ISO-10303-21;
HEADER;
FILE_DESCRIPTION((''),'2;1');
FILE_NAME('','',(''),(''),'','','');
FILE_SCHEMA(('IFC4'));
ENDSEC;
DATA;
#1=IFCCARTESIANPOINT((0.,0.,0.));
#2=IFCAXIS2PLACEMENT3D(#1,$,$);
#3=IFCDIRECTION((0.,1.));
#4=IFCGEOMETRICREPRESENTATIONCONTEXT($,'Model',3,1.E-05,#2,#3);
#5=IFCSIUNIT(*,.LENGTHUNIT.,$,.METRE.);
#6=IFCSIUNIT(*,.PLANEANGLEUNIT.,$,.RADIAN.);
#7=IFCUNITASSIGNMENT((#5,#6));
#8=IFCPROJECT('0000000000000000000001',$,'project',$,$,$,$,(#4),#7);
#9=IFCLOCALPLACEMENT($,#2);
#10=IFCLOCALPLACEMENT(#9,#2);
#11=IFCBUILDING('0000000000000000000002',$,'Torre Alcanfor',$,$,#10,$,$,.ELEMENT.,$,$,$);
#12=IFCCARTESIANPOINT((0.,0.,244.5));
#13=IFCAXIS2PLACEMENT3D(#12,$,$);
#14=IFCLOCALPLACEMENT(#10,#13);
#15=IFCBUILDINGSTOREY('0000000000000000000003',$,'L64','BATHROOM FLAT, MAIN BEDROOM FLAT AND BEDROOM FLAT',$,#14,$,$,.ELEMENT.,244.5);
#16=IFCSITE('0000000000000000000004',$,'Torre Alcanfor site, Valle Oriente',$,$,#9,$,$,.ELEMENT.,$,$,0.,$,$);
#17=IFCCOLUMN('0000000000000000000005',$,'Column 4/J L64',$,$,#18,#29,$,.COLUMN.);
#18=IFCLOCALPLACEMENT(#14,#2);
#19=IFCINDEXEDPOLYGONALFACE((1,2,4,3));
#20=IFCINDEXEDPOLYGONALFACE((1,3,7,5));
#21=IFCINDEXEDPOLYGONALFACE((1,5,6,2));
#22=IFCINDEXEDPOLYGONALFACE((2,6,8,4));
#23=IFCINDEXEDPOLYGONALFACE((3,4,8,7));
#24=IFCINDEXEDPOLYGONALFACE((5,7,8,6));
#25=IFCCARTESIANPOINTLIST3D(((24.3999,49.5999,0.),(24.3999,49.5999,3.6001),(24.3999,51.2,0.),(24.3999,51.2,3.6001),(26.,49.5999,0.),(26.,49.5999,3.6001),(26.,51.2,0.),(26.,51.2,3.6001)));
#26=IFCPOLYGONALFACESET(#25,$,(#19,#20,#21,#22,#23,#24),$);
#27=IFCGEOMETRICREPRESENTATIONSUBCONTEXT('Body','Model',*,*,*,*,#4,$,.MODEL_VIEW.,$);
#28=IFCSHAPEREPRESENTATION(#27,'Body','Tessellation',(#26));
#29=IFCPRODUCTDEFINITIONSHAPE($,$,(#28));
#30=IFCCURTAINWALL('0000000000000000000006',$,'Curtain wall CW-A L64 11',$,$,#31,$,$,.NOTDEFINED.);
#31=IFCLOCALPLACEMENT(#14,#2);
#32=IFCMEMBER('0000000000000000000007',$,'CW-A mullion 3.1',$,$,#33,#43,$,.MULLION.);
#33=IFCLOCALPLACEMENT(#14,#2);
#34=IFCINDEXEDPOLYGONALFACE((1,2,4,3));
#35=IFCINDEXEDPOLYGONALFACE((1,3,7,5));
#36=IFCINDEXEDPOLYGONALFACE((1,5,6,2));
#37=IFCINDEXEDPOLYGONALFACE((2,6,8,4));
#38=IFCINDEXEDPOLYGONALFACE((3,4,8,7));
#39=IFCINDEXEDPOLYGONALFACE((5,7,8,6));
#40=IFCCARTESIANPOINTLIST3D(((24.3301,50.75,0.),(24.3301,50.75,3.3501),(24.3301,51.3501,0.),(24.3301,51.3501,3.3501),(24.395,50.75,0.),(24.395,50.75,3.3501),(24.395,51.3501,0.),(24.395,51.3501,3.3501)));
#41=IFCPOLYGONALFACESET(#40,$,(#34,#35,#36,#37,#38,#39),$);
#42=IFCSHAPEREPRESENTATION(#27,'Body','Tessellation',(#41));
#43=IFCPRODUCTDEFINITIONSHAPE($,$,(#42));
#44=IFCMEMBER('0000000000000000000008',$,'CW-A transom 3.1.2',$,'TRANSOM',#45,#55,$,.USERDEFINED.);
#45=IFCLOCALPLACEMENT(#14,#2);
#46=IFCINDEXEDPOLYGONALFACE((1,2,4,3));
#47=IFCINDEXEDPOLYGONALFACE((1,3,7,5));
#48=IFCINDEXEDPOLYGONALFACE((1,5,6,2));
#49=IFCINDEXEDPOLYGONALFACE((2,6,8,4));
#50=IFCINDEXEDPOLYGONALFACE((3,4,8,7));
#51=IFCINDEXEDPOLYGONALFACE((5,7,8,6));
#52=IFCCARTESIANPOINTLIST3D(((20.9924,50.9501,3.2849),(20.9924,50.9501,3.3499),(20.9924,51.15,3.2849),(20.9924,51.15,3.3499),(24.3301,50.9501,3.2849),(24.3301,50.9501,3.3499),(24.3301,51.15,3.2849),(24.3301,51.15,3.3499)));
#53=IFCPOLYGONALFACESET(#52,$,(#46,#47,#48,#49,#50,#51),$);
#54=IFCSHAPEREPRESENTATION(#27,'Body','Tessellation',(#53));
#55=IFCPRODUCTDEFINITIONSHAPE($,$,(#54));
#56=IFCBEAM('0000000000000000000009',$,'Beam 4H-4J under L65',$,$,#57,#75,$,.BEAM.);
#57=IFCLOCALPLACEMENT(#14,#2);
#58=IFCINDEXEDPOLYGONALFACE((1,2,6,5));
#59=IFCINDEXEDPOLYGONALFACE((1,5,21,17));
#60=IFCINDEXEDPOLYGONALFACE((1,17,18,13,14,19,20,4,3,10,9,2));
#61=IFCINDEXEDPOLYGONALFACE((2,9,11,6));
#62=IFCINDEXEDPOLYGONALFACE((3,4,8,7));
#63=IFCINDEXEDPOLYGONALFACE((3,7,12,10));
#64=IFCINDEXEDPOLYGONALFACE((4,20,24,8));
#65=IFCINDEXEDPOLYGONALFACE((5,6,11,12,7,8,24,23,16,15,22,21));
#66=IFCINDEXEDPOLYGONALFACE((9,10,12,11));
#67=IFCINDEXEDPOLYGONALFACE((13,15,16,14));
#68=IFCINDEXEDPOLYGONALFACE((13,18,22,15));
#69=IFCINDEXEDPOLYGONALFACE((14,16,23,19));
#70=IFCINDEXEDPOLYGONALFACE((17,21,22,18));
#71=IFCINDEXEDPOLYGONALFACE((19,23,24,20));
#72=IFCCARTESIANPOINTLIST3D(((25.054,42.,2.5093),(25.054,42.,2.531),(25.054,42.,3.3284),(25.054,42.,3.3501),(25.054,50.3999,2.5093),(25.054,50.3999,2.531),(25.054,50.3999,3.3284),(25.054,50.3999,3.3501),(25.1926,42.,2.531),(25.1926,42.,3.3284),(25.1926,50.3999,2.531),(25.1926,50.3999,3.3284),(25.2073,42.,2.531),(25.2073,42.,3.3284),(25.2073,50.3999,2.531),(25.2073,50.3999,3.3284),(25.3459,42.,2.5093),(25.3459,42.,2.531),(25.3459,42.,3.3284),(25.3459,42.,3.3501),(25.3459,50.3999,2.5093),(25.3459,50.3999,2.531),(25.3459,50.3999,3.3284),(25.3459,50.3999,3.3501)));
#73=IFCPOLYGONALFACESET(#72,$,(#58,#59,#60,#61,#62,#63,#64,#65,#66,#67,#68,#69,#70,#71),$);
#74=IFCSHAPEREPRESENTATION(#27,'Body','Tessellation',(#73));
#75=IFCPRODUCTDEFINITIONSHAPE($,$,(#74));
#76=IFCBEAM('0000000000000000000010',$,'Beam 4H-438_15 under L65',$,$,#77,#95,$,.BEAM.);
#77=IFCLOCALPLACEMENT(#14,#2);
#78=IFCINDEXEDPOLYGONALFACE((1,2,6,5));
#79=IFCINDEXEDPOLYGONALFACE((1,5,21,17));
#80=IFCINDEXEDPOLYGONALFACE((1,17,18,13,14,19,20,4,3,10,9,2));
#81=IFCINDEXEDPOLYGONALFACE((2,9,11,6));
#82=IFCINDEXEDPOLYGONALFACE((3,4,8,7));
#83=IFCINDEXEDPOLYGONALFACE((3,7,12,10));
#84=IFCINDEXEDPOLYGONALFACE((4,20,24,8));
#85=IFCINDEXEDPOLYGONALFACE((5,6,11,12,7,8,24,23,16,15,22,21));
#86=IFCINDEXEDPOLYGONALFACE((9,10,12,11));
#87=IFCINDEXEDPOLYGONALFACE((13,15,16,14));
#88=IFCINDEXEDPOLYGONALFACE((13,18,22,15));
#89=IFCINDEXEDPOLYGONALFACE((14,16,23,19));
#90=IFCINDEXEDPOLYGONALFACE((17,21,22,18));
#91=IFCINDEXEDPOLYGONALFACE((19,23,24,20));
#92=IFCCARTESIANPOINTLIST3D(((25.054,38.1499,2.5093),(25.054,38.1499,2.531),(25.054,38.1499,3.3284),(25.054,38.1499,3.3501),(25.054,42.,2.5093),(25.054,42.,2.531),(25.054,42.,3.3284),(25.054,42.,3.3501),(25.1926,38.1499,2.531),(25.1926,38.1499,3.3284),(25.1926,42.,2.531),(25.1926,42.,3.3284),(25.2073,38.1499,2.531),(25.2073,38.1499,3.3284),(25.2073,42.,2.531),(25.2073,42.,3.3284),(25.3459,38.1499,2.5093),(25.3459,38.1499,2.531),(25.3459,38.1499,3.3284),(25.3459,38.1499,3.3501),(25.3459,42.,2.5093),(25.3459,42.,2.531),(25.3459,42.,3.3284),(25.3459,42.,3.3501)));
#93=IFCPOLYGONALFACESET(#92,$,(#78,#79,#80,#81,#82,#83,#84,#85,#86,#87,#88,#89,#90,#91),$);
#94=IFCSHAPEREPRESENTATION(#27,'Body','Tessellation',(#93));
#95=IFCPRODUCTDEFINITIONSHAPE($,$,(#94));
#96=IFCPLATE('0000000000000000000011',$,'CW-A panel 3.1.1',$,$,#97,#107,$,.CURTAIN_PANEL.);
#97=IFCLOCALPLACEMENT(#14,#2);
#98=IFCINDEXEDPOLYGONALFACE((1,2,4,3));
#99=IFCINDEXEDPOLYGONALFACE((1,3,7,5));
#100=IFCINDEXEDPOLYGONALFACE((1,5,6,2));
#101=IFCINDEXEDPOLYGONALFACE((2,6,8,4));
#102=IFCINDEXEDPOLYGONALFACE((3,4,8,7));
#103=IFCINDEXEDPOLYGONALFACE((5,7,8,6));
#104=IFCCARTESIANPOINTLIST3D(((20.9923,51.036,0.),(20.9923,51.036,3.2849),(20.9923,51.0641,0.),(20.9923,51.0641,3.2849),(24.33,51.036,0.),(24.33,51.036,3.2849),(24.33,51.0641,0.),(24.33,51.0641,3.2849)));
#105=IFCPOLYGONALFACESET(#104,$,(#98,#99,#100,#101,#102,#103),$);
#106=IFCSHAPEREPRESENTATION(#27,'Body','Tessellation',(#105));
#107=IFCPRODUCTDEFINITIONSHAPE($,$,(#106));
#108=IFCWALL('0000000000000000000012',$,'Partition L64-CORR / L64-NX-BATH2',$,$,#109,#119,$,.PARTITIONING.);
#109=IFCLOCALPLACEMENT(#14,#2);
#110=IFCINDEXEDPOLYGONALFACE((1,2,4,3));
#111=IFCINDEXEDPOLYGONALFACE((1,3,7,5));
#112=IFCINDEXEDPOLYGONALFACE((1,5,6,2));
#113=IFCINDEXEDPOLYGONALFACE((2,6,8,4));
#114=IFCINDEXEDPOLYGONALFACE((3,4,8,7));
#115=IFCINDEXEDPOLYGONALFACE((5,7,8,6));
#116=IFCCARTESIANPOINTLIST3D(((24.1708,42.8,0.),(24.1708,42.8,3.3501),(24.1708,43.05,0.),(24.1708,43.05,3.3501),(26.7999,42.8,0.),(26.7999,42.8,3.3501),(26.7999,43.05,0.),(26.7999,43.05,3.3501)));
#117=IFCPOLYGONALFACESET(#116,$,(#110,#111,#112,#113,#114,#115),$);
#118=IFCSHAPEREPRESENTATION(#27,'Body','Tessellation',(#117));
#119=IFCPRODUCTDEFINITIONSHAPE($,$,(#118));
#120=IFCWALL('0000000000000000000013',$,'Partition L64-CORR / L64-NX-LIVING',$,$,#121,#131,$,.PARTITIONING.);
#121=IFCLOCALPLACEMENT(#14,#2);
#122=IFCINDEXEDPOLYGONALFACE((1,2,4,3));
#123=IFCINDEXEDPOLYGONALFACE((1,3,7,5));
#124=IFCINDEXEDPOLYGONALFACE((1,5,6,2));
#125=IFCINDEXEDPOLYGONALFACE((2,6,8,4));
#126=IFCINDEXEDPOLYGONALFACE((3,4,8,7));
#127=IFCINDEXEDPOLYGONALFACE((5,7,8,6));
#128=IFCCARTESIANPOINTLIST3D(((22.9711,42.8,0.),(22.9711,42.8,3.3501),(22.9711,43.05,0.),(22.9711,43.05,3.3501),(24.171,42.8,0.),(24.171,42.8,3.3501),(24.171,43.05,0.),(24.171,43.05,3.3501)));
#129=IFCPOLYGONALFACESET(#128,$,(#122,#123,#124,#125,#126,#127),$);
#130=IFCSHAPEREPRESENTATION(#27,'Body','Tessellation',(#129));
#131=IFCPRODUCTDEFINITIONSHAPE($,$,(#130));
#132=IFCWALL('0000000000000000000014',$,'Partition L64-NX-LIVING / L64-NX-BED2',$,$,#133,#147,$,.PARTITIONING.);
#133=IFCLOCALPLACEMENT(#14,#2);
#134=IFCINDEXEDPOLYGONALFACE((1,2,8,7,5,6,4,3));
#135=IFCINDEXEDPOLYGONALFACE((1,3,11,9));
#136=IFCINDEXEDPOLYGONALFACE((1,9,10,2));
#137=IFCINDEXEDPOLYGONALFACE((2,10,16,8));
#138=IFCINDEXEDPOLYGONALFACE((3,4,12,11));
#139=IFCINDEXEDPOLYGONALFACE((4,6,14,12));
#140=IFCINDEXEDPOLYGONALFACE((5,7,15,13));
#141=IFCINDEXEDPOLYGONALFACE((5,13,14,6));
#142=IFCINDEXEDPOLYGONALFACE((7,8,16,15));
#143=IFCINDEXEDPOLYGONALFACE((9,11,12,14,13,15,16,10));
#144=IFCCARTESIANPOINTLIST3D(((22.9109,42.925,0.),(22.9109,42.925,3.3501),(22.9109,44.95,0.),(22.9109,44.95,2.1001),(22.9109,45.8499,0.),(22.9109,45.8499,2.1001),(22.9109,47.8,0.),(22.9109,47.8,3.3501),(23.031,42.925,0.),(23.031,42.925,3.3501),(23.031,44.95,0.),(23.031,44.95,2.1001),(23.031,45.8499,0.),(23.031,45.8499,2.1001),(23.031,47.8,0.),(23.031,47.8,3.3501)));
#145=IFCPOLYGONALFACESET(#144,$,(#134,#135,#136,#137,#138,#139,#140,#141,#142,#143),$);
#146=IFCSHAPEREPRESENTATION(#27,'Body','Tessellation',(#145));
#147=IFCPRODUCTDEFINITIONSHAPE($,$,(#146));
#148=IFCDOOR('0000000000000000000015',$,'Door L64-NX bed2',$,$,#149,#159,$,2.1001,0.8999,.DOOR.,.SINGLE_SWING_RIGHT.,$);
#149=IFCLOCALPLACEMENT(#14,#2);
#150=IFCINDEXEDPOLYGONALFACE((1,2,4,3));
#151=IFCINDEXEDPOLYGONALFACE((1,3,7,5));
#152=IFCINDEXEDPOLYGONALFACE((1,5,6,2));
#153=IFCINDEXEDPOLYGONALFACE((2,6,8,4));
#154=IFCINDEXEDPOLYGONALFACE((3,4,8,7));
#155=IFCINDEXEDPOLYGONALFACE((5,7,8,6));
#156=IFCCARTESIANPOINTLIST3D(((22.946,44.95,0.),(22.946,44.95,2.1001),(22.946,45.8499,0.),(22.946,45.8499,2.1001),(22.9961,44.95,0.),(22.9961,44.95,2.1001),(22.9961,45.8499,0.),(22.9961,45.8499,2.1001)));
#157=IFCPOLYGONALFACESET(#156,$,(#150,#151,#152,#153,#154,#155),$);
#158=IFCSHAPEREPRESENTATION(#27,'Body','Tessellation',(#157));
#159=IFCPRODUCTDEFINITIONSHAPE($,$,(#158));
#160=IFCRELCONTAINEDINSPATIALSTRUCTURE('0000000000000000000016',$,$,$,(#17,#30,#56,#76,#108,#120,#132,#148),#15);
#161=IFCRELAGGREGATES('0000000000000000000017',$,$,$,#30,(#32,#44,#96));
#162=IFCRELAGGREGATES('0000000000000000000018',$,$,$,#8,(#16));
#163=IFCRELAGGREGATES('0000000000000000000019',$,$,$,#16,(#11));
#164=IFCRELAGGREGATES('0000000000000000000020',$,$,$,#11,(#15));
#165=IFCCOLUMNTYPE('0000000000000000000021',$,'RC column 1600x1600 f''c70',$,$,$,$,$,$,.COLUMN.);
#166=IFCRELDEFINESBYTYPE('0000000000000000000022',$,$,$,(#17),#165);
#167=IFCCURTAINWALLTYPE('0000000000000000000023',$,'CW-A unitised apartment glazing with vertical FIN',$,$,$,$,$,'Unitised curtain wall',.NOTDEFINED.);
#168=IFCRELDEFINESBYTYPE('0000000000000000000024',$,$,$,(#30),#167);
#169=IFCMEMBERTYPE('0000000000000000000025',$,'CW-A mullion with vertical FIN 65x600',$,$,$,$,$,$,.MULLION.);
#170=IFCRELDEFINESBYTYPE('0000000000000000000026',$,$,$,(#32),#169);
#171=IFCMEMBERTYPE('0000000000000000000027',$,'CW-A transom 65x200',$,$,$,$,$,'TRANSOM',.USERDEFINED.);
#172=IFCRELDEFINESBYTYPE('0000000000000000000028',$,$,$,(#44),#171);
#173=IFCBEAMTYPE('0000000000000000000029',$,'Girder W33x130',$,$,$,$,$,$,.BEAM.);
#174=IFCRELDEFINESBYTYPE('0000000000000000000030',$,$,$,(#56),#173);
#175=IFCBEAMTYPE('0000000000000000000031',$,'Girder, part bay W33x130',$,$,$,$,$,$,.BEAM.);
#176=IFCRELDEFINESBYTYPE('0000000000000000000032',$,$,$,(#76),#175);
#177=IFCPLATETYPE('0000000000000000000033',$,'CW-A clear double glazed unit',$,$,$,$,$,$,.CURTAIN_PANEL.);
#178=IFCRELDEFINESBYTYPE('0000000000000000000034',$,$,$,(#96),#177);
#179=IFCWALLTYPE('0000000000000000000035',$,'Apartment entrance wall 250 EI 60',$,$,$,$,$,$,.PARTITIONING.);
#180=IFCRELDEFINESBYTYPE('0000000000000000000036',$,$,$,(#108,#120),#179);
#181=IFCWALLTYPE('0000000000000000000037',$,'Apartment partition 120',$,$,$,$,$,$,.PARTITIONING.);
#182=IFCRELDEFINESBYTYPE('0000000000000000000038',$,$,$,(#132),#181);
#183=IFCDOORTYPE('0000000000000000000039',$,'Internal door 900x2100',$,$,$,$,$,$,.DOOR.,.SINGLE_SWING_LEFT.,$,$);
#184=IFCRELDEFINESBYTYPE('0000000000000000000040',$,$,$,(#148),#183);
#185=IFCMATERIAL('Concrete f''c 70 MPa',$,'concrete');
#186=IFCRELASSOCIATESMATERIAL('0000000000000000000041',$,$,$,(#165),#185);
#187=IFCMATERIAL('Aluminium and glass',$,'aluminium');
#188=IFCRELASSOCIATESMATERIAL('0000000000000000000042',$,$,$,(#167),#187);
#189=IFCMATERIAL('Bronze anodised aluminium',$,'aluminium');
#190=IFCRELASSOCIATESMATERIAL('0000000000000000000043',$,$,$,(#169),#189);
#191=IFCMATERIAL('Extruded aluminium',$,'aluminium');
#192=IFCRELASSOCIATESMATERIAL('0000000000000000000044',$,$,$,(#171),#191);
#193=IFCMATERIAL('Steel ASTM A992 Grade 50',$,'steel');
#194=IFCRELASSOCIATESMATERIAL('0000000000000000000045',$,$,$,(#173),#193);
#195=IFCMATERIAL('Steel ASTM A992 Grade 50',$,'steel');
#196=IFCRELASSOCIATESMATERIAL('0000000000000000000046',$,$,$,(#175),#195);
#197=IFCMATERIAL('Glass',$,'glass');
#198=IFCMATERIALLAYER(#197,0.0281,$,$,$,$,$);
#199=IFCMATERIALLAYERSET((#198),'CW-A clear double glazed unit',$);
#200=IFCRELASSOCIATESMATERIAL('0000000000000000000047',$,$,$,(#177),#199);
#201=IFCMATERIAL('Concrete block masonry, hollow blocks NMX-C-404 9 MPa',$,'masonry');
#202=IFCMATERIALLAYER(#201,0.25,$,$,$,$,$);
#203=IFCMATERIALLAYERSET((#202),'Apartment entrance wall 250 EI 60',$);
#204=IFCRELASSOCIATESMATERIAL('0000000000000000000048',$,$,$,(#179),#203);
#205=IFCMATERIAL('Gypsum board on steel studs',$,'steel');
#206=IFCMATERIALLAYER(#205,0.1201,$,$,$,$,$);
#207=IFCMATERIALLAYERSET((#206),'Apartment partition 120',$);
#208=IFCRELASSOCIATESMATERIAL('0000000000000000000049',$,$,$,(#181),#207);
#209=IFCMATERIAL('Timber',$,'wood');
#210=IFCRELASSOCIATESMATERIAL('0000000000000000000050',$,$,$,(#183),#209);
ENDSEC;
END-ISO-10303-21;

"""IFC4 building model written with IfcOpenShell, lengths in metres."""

from ifc_helpers import new_model, si_unit, direction, frame, frame_2d, origin, origin_2d, place, context, subcontext, project, spatial, rectangle, i_section, extrude, material, layer, layer_set, material_profile, profile_set, type_object, element, fill, aggregate, save


model = new_model("IFC4")

# Units and contexts
model_context = context("Model", 3, precision=1e-05, world=origin(), true_north=direction((0.0, 1.0)))
body_context = subcontext(model_context, "Body", "Model", "MODEL_VIEW")
ifc_project = project(units=[si_unit("LENGTHUNIT", "METRE"), si_unit("PLANEANGLEUNIT", "RADIAN")], contexts=[model_context])

# Site, building, storey
site_placement = place(None, origin())
site = spatial("IfcSite", under=ifc_project, at=site_placement, Name="Torre Alcanfor site, Valle Oriente", CompositionType="ELEMENT", RefElevation=0.0)
building_placement = place(site_placement, origin())
building = spatial("IfcBuilding", under=site, at=building_placement, Name="Torre Alcanfor", CompositionType="ELEMENT")
storey_placement = place(building_placement, frame((0.0, 0.0, 244.5)))
storey = spatial("IfcBuildingStorey", under=building, at=storey_placement, Name="L64", Description="BATHROOM FLAT, MAIN BEDROOM FLAT AND BEDROOM FLAT", CompositionType="ELEMENT", Elevation=244.5)

# Column
ifc_material_1 = material(Name="Concrete f'c 70 MPa", Category="concrete")
ifc_material_profile_1 = material_profile(ifc_material_1, rectangle(XDim=1.6001, YDim=1.6001, at=origin_2d()), Name="1600x1600")
ifc_profile_set_1 = profile_set([ifc_material_profile_1], Name="Concrete f'c 70 MPa")
column_type = type_object("IfcColumnType", Name="RC column 1600x1600 f'c70", PredefinedType="COLUMN", material=ifc_profile_set_1)
column_placement = place(storey_placement, frame((25.2, 50.3999, 0.0), z_axis=(0.0, 0.0, 1.0), x_axis=(1.0, 0.0, 0.0)))
element("IfcColumn", 1, at=column_placement, inside=storey, type_object=column_type, Name="Column 4/J L64", PredefinedType="COLUMN", context=body_context, shape_type="SweptSolid", body=[
    extrude(rectangle(XDim=1.6001, YDim=1.6001, at=origin_2d()), origin(), (0.0, 0.0, 1.0), 3.6001),
])

# Curtain wall, members
ifc_material_2 = material(Name="Aluminium and glass", Category="aluminium")
curtain_wall_type = type_object("IfcCurtainWallType", Name="CW-A unitised apartment glazing with vertical FIN", ElementType="Unitised curtain wall", PredefinedType="NOTDEFINED", material=ifc_material_2)
curtain_wall_placement = place(storey_placement, origin())
curtain_wall = element("IfcCurtainWall", 2, at=curtain_wall_placement, inside=storey, type_object=curtain_wall_type, Name="Curtain wall CW-A L64 11", PredefinedType="NOTDEFINED")
ifc_material_3 = material(Name="Bronze anodised aluminium", Category="aluminium")
ifc_material_profile_2 = material_profile(ifc_material_3, rectangle(XDim=0.6001, YDim=0.0649, at=origin_2d()), Name="CW-A mullion 65x600")
ifc_profile_set_2 = profile_set([ifc_material_profile_2], Name="Bronze anodised aluminium")
member_type_1 = type_object("IfcMemberType", Name="CW-A mullion with vertical FIN 65x600", PredefinedType="MULLION", material=ifc_profile_set_2)
member_1_placement = place(storey_placement, frame((24.3625, 51.05, 0.0), z_axis=(0.0, 0.0, 1.0), x_axis=(0.0, -1.0, 0.0)))
member_1 = element("IfcMember", 3, at=member_1_placement, type_object=member_type_1, Name="CW-A mullion 3.1", PredefinedType="MULLION", context=body_context, shape_type="SweptSolid", body=[
    extrude(rectangle(XDim=0.6001, YDim=0.0649, at=origin_2d()), origin(), (0.0, 0.0, 1.0), 3.3501),
])
ifc_material_4 = material(Name="Extruded aluminium", Category="aluminium")
ifc_material_profile_3 = material_profile(ifc_material_4, rectangle(XDim=0.2, YDim=0.0649, at=origin_2d()), Name="CW-A transom 200x65")
ifc_profile_set_3 = profile_set([ifc_material_profile_3], Name="Extruded aluminium")
member_type_2 = type_object("IfcMemberType", Name="CW-A transom 65x200", ElementType="TRANSOM", PredefinedType="USERDEFINED", material=ifc_profile_set_3)
member_2_placement = place(storey_placement, frame((24.3301, 51.05, 3.3174), z_axis=(-1.0, 0.0, 0.0), x_axis=(0.0, -1.0, 0.0)))
member_2 = element("IfcMember", 4, at=member_2_placement, type_object=member_type_2, Name="CW-A transom 3.1.2", ObjectType="TRANSOM", PredefinedType="USERDEFINED", context=body_context, shape_type="SweptSolid", body=[
    extrude(rectangle(XDim=0.2, YDim=0.0649, at=origin_2d()), origin(), (0.0, 0.0, 1.0), 3.3376),
])

# Beams
ifc_material_5 = material(Name="Steel ASTM A992 Grade 50", Category="steel")
ifc_material_profile_4 = material_profile(ifc_material_5, i_section(OverallWidth=0.292, OverallDepth=0.8408, WebThickness=0.0146, FlangeThickness=0.0217, at=origin_2d()), Name="W33x130")
ifc_profile_set_4 = profile_set([ifc_material_profile_4], Name="Steel ASTM A992 Grade 50")
beam_type_1 = type_object("IfcBeamType", Name="Girder W33x130", PredefinedType="BEAM", material=ifc_profile_set_4)
beam_1_placement = place(storey_placement, frame((25.2, 42.0, 2.9297), z_axis=(0.0, 1.0, 0.0), x_axis=(-1.0, 0.0, 0.0)))
element("IfcBeam", 5, at=beam_1_placement, inside=storey, type_object=beam_type_1, Name="Beam 4H-4J under L65", PredefinedType="BEAM", context=body_context, shape_type="SweptSolid", body=[
    extrude(i_section(OverallWidth=0.292, OverallDepth=0.8408, WebThickness=0.0146, FlangeThickness=0.0217, at=origin_2d()), origin(), (0.0, 0.0, 1.0), 8.3999),
])
ifc_material_6 = material(Name="Steel ASTM A992 Grade 50", Category="steel")
ifc_material_profile_5 = material_profile(ifc_material_6, i_section(OverallWidth=0.292, OverallDepth=0.8408, WebThickness=0.0146, FlangeThickness=0.0217, at=origin_2d()), Name="W33x130")
ifc_profile_set_5 = profile_set([ifc_material_profile_5], Name="Steel ASTM A992 Grade 50")
beam_type_2 = type_object("IfcBeamType", Name="Girder, part bay W33x130", PredefinedType="BEAM", material=ifc_profile_set_5)
beam_2_placement = place(storey_placement, frame((25.2, 42.0, 2.9297), z_axis=(0.0, -1.0, 0.0), x_axis=(1.0, 0.0, 0.0)))
element("IfcBeam", 6, at=beam_2_placement, inside=storey, type_object=beam_type_2, Name="Beam 4H-438_15 under L65", PredefinedType="BEAM", context=body_context, shape_type="SweptSolid", body=[
    extrude(i_section(OverallWidth=0.292, OverallDepth=0.8408, WebThickness=0.0146, FlangeThickness=0.0217, at=origin_2d()), origin(), (0.0, 0.0, 1.0), 3.8501),
])

# Plate
ifc_material_7 = material(Name="Glass", Category="glass")
ifc_layer_1 = layer(ifc_material_7, 0.0281)
ifc_layer_set_1 = layer_set([ifc_layer_1], Name="CW-A clear double glazed unit")
plate_type = type_object("IfcPlateType", Name="CW-A clear double glazed unit", PredefinedType="CURTAIN_PANEL", material=ifc_layer_set_1)
plate_placement = place(storey_placement, frame((22.6611, 51.05, 0.0), z_axis=(0.0, 0.0, 1.0), x_axis=(-1.0, 0.0, 0.0)))
plate = element("IfcPlate", 7, at=plate_placement, type_object=plate_type, Name="CW-A panel 3.1.1", PredefinedType="CURTAIN_PANEL", context=body_context, shape_type="SweptSolid", body=[
    extrude(rectangle(XDim=3.3376, YDim=0.0281, at=origin_2d()), origin(), (0.0, 0.0, 1.0), 3.2849),
])
aggregate(curtain_wall, [member_1, member_2, plate])

# Walls
ifc_material_8 = material(Name="Concrete block masonry, hollow blocks NMX-C-404 9 MPa", Category="masonry")
ifc_layer_2 = layer(ifc_material_8, 0.25)
ifc_layer_set_2 = layer_set([ifc_layer_2], Name="Apartment entrance wall 250 EI 60")
wall_type_1 = type_object("IfcWallType", Name="Apartment entrance wall 250 EI 60", PredefinedType="PARTITIONING", material=ifc_layer_set_2)
wall_1_placement = place(storey_placement, frame((24.1709, 42.925, 0.0), z_axis=(0.0, 0.0, 1.0), x_axis=(1.0, 0.0, 0.0)))
element("IfcWall", 8, at=wall_1_placement, inside=storey, type_object=wall_type_1, Name="Partition L64-CORR / L64-NX-BATH2", PredefinedType="PARTITIONING", context=body_context, shape_type="SweptSolid", body=[
    extrude(rectangle(XDim=2.6292, YDim=0.25, at=frame_2d((1.3145, 0.0))), origin(), (0.0, 0.0, 1.0), 3.3501),
])
wall_2_placement = place(storey_placement, frame((22.9709, 42.925, 0.0), z_axis=(0.0, 0.0, 1.0), x_axis=(1.0, 0.0, 0.0)))
element("IfcWall", 9, at=wall_2_placement, inside=storey, type_object=wall_type_1, Name="Partition L64-CORR / L64-NX-LIVING", PredefinedType="PARTITIONING", context=body_context, shape_type="SweptSolid", body=[
    extrude(rectangle(XDim=1.2, YDim=0.25, at=frame_2d((0.6001, 0.0))), origin(), (0.0, 0.0, 1.0), 3.3501),
])

# Wall, opening, door
ifc_material_9 = material(Name="Gypsum board on steel studs", Category="steel")
ifc_layer_3 = layer(ifc_material_9, 0.1201)
ifc_layer_set_3 = layer_set([ifc_layer_3], Name="Apartment partition 120")
wall_type_2 = type_object("IfcWallType", Name="Apartment partition 120", PredefinedType="PARTITIONING", material=ifc_layer_set_3)
wall_3_placement = place(storey_placement, frame((22.9709, 42.925, 0.0), z_axis=(0.0, 0.0, 1.0), x_axis=(0.0, 1.0, 0.0)))
wall_3 = element("IfcWall", 10, at=wall_3_placement, inside=storey, type_object=wall_type_2, Name="Partition L64-NX-LIVING / L64-NX-BED2", PredefinedType="PARTITIONING", context=body_context, shape_type="SweptSolid", body=[
    extrude(rectangle(XDim=4.875, YDim=0.1201, at=frame_2d((2.4375, 0.0))), origin(), (0.0, 0.0, 1.0), 3.3501),
])
opening_1_placement = place(wall_3_placement, frame((2.0249, 0.0, 0.0)))
opening_1 = element("IfcOpeningElement", 11, at=opening_1_placement, cuts=wall_3, PredefinedType="OPENING", context=body_context, shape_type="SweptSolid", body=[
    extrude(rectangle(XDim=0.8999, YDim=2.1001, at=frame_2d((0.45, 1.05))), frame((0.0, 0.0701, 0.0), z_axis=(0.0, -1.0, 0.0), x_axis=(1.0, 0.0, 0.0)), (0.0, 0.0, 1.0), 0.1401),
])
ifc_material_10 = material(Name="Timber", Category="wood")
door_type = type_object("IfcDoorType", Name="Internal door 900x2100", OperationType="SINGLE_SWING_LEFT", PredefinedType="DOOR", material=ifc_material_10)
door_1_placement = place(opening_1_placement, origin())
door_1 = element("IfcDoor", 12, at=door_1_placement, inside=storey, type_object=door_type, Name="Door L64-NX bed2", OperationType="SINGLE_SWING_RIGHT", OverallHeight=2.1001, OverallWidth=0.8999, PredefinedType="DOOR", context=body_context, shape_type="SweptSolid", body=[
    extrude(rectangle(XDim=0.8999, YDim=2.1001, at=frame_2d((0.45, 1.05))), frame((0.0, 0.0249, 0.0), z_axis=(0.0, -1.0, 0.0), x_axis=(1.0, 0.0, 0.0)), (0.0, 0.0, 1.0), 0.05),
])
fill(opening_1, door_1)

save(model, "model.ifc")
